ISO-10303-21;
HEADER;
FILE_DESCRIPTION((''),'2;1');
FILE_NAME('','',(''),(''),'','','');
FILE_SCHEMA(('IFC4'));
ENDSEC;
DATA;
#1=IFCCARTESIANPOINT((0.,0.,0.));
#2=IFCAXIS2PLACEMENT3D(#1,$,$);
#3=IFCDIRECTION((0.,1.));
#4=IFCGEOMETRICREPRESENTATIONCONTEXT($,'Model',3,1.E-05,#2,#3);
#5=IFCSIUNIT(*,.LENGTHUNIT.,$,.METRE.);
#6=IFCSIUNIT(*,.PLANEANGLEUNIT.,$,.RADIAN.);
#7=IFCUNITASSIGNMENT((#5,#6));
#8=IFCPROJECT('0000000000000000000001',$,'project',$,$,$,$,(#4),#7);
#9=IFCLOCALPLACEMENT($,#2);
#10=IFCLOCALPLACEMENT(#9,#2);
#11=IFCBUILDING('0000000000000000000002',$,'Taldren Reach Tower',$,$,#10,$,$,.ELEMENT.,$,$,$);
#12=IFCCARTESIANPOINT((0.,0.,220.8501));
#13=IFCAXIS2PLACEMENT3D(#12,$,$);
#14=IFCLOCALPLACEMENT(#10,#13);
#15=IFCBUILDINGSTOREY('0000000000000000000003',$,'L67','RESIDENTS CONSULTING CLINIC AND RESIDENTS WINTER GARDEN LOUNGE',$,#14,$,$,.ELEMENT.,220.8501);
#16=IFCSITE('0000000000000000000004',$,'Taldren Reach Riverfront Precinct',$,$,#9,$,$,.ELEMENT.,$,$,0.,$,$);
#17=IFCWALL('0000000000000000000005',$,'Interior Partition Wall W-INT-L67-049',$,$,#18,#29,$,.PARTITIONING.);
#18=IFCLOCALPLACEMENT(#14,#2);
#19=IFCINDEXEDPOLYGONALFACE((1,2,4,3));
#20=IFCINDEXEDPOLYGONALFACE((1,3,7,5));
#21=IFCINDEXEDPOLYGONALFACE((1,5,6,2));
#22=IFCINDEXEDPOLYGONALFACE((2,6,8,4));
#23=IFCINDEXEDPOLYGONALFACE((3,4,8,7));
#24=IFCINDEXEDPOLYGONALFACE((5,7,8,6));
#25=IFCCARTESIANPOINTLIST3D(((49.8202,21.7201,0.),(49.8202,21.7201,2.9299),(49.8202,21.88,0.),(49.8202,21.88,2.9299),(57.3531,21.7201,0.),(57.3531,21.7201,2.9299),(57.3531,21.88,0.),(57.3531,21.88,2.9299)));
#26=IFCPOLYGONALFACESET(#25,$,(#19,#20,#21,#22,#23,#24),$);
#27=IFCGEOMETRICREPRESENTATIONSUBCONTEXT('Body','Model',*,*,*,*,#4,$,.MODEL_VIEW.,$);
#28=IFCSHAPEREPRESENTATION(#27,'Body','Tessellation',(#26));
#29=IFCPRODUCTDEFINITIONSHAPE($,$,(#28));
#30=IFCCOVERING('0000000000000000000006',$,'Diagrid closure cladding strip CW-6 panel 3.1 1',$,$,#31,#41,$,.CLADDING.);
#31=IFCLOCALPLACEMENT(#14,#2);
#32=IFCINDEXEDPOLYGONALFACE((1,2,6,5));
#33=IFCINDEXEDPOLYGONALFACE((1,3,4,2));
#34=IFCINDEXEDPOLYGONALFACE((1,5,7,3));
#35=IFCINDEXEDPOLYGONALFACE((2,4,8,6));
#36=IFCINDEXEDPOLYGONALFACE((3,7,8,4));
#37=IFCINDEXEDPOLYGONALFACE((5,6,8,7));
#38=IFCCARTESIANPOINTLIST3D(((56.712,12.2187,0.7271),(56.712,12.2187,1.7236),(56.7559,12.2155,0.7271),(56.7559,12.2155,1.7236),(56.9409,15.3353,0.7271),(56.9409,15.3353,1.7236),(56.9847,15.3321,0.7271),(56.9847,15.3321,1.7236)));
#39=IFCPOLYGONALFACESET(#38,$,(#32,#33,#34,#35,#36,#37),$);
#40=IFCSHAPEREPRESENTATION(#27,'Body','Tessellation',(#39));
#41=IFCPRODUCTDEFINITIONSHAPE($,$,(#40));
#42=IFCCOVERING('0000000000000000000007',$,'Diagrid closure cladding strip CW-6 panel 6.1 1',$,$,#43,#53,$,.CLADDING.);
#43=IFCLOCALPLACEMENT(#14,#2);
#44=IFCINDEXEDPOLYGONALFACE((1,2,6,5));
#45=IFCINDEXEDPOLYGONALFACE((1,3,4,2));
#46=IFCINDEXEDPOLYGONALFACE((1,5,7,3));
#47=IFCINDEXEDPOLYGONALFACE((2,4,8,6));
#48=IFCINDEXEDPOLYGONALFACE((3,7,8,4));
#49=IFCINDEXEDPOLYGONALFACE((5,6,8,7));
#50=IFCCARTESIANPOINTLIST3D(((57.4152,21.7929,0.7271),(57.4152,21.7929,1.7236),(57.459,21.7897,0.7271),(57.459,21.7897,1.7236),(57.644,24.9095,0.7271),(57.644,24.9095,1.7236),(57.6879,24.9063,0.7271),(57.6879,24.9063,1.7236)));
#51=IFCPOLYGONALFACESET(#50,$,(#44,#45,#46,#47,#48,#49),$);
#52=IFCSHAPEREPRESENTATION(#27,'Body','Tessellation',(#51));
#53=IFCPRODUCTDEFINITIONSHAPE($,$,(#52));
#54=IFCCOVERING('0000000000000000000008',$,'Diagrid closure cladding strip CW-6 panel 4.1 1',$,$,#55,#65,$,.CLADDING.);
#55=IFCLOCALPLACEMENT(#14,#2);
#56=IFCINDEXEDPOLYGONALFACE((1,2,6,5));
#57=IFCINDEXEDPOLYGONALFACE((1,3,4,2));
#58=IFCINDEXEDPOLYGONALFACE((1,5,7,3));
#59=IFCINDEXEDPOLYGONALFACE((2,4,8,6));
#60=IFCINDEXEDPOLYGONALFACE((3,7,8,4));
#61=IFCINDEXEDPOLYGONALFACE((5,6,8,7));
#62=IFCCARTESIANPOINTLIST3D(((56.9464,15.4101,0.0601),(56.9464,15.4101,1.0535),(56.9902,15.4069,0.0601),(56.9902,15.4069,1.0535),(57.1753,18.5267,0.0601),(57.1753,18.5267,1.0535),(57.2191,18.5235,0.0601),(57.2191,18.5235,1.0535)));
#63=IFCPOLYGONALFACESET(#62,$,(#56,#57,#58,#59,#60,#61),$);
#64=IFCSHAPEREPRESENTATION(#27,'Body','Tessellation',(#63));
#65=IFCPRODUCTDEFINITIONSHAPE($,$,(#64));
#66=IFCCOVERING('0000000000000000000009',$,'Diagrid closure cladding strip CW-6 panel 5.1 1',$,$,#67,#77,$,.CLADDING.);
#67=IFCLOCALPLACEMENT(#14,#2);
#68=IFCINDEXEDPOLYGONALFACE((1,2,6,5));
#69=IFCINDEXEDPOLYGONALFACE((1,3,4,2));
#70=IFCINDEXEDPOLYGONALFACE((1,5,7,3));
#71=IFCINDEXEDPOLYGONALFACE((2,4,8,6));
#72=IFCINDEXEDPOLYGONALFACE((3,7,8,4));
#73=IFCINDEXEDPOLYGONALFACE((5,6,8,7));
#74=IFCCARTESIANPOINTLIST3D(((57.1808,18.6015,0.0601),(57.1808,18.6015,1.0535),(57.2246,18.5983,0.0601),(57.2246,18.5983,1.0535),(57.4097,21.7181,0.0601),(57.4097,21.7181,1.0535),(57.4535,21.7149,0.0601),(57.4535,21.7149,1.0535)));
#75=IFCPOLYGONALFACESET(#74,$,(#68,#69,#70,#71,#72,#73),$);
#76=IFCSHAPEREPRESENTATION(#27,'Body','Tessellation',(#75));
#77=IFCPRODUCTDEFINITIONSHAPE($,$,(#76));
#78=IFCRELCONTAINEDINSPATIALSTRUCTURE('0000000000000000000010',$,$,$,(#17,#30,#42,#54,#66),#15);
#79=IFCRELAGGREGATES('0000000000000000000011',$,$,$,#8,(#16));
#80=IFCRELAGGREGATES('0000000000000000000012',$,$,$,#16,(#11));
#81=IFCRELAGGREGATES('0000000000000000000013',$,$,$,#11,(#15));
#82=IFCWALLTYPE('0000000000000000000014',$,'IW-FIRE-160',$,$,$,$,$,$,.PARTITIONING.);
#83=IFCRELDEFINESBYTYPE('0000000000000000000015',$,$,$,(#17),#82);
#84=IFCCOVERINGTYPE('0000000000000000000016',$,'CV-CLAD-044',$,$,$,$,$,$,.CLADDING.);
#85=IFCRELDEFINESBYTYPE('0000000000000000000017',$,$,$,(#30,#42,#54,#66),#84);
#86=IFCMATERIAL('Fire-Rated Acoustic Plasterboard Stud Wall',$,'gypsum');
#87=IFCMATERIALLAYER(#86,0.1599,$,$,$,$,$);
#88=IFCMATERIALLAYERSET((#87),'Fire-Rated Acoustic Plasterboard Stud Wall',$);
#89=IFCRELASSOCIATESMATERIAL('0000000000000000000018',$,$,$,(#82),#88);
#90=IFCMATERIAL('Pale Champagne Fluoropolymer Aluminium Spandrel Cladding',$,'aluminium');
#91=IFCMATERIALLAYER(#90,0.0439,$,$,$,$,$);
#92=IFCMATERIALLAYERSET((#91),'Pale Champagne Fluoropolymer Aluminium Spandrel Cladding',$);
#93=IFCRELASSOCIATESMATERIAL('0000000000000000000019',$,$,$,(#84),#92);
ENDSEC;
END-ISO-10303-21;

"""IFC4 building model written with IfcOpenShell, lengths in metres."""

from ifc_helpers import new_model, si_unit, direction, frame, frame_2d, origin, origin_2d, place, context, subcontext, project, spatial, rectangle, extrude, source, transform, mapped, material, layer, layer_set, type_object, element, save


model = new_model("IFC4")

# Units and contexts
model_context = context("Model", 3, precision=1e-05, world=origin(), true_north=direction((0.0, 1.0)))
body_context = subcontext(model_context, "Body", "Model", "MODEL_VIEW")
ifc_project = project(units=[si_unit("LENGTHUNIT", "METRE"), si_unit("PLANEANGLEUNIT", "RADIAN")], contexts=[model_context])

# Site, building, storey
site_placement = place(None, origin())
site = spatial("IfcSite", under=ifc_project, at=site_placement, Name="Taldren Reach Riverfront Precinct", CompositionType="ELEMENT", RefElevation=0.0)
building_placement = place(site_placement, origin())
building = spatial("IfcBuilding", under=site, at=building_placement, Name="Taldren Reach Tower", CompositionType="ELEMENT")
storey_placement = place(building_placement, frame((0.0, 0.0, 220.8501)))
storey = spatial("IfcBuildingStorey", under=building, at=storey_placement, Name="L67", Description="RESIDENTS CONSULTING CLINIC AND RESIDENTS WINTER GARDEN LOUNGE", CompositionType="ELEMENT", Elevation=220.8501)

# Wall
ifc_material_1 = material(Name="Fire-Rated Acoustic Plasterboard Stud Wall", Category="gypsum")
ifc_layer_1 = layer(ifc_material_1, 0.1599)
ifc_layer_set_1 = layer_set([ifc_layer_1], Name="Fire-Rated Acoustic Plasterboard Stud Wall")
wall_type = type_object("IfcWallType", Name="IW-FIRE-160", PredefinedType="PARTITIONING", material=ifc_layer_set_1)
shared_shape_1 = source(origin(), body_context, "Body", "SweptSolid", [
    extrude(rectangle(XDim=7.533, YDim=0.1599, at=frame_2d((3.7666, 0.0))), origin(), (0.0, 0.0, 1.0), 2.9299),
])
wall_placement = place(storey_placement, frame((57.3533, 21.8, 0.0), z_axis=(0.0, 0.0, 1.0), x_axis=(-1.0, 0.0, 0.0)))
element("IfcWall", 1, at=wall_placement, inside=storey, type_object=wall_type, Name="Interior Partition Wall W-INT-L67-049", PredefinedType="PARTITIONING", context=body_context, shape_type="MappedRepresentation", body=[
    mapped(shared_shape_1, transform((0.0, 0.0, 0.0), scale=1.0)),
])

# Coverings
ifc_material_2 = material(Name="Pale Champagne Fluoropolymer Aluminium Spandrel Cladding", Category="aluminium")
ifc_layer_2 = layer(ifc_material_2, 0.0439)
ifc_layer_set_2 = layer_set([ifc_layer_2], Name="Pale Champagne Fluoropolymer Aluminium Spandrel Cladding")
covering_type = type_object("IfcCoveringType", Name="CV-CLAD-044", PredefinedType="CLADDING", material=ifc_layer_set_2)
shared_shape_2 = source(origin(), body_context, "Body", "SweptSolid", [
    extrude(rectangle(XDim=3.125, YDim=0.0439, at=origin_2d()), origin(), (0.0, 0.0, 1.0), 0.9966),
])
for number, where, z_axis, x_axis, name in (
    (2, (56.8484, 13.7754, 0.7271), (0.0, 0.0, 1.0), (0.073238, 0.997314, 0.0), "Diagrid closure cladding strip CW-6 panel 3.1 1"),
    (3, (57.5515, 23.3496, 0.7271), (0.0, 0.0, 1.0), (0.073238, 0.997314, 0.0), "Diagrid closure cladding strip CW-6 panel 6.1 1"),
):
    element("IfcCovering", number, at=place(storey_placement, frame(where, z_axis=z_axis, x_axis=x_axis)), inside=storey, type_object=covering_type, Name=name, PredefinedType="CLADDING", context=body_context, shape_type="MappedRepresentation", body=[
        mapped(shared_shape_2, transform((0.0, 0.0, 0.0), scale=1.0)),
    ])
shared_shape_3 = source(origin(), body_context, "Body", "SweptSolid", [
    extrude(rectangle(XDim=3.125, YDim=0.0439, at=origin_2d()), origin(), (0.0, 0.0, 1.0), 0.9934),
])
for number, where, z_axis, x_axis, name in (
    (4, (57.0828, 16.9668, 0.0601), (0.0, 0.0, 1.0), (0.073238, 0.997314, 0.0), "Diagrid closure cladding strip CW-6 panel 4.1 1"),
    (5, (57.3171, 20.1582, 0.0601), (0.0, 0.0, 1.0), (0.073238, 0.997314, 0.0), "Diagrid closure cladding strip CW-6 panel 5.1 1"),
):
    element("IfcCovering", number, at=place(storey_placement, frame(where, z_axis=z_axis, x_axis=x_axis)), inside=storey, type_object=covering_type, Name=name, PredefinedType="CLADDING", context=body_context, shape_type="MappedRepresentation", body=[
        mapped(shared_shape_3, transform((0.0, 0.0, 0.0), scale=1.0)),
    ])

save(model, "model.ifc")
